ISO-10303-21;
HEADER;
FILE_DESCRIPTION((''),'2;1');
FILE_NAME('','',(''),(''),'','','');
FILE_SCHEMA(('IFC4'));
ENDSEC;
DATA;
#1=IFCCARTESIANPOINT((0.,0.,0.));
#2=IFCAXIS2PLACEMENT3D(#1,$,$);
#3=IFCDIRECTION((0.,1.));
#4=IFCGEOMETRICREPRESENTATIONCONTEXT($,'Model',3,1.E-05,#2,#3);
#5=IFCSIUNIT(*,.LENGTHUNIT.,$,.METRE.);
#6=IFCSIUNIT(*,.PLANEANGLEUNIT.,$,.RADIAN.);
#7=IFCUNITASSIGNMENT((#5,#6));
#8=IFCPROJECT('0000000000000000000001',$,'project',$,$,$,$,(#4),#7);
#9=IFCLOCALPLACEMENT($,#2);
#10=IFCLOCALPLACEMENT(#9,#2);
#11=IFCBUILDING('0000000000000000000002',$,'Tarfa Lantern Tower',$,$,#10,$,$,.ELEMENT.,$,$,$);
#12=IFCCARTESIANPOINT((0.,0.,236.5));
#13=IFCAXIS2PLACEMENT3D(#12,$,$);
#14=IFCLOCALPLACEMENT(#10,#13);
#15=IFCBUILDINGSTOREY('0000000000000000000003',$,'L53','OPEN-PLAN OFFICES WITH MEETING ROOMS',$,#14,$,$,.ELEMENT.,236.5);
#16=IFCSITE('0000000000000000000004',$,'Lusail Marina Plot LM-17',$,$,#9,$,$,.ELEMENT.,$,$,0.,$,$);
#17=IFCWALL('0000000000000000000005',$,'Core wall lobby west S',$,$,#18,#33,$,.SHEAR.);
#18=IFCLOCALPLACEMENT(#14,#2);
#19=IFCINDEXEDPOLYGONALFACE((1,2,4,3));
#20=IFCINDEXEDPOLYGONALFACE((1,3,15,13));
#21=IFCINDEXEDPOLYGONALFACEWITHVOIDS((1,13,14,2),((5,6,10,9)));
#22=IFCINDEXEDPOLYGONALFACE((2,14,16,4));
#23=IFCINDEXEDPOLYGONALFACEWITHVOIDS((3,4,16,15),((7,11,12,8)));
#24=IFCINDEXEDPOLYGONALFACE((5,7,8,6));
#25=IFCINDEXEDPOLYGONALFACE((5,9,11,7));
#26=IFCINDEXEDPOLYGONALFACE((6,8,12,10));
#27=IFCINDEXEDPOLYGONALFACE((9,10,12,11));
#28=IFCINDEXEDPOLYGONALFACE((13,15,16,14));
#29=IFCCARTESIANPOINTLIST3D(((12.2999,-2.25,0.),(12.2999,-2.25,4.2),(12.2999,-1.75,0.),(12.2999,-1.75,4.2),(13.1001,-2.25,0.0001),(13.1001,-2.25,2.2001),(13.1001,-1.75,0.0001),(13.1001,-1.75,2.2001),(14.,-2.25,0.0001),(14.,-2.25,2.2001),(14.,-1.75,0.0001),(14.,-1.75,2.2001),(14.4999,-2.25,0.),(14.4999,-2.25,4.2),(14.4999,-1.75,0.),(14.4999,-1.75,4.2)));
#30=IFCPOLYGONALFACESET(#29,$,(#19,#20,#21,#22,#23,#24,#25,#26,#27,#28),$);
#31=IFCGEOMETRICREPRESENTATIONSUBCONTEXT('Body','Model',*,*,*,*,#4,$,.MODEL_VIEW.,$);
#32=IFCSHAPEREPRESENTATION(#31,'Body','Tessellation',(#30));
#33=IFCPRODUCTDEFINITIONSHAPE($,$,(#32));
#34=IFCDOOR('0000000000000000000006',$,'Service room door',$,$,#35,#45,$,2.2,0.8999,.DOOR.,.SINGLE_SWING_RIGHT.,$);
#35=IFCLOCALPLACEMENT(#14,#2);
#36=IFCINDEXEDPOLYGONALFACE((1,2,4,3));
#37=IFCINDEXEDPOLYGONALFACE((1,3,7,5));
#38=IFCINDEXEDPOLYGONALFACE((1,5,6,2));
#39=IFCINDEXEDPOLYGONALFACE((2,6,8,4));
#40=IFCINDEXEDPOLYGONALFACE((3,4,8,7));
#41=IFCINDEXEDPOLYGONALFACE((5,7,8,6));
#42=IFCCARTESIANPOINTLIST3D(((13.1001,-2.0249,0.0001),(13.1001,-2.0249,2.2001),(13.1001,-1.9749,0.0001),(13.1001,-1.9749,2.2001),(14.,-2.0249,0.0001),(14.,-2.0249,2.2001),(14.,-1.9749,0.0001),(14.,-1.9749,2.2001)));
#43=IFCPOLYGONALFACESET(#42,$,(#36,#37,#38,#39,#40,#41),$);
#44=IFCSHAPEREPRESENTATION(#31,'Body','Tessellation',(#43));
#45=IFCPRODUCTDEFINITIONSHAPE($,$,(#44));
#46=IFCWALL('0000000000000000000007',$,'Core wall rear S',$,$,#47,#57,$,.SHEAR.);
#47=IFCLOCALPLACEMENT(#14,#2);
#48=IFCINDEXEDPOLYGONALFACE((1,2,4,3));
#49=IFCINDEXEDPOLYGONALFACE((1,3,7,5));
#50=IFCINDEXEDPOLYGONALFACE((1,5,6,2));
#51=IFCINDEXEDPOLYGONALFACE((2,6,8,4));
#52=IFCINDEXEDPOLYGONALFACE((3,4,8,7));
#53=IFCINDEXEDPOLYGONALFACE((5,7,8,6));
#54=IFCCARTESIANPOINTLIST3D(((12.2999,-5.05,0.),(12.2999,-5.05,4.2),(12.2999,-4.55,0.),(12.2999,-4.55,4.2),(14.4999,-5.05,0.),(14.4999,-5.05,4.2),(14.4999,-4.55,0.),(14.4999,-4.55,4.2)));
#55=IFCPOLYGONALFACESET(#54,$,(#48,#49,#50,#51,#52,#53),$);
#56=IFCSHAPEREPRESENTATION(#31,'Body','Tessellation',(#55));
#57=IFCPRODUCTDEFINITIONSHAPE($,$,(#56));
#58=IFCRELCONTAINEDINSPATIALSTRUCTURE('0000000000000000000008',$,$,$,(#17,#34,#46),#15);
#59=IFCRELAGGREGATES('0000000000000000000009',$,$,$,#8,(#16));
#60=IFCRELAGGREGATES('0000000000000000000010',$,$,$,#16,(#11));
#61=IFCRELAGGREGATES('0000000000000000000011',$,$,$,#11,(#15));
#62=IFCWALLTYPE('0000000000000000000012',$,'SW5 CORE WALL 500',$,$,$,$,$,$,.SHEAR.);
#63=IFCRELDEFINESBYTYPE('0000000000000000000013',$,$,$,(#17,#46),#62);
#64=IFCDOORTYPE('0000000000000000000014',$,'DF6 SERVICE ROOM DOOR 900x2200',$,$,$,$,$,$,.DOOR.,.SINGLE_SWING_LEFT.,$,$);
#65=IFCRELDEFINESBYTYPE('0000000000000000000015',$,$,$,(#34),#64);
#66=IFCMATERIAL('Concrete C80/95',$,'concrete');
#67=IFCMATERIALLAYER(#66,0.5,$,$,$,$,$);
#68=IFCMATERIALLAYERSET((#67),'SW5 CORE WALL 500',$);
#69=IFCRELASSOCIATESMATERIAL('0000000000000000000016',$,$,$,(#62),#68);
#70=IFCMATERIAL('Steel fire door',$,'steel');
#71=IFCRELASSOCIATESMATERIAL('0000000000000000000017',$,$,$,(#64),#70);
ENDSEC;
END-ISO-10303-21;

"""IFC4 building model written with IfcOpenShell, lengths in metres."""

from ifc_helpers import new_model, si_unit, direction, frame, frame_2d, origin, place, context, subcontext, project, spatial, rectangle, extrude, material, layer, layer_set, type_object, element, fill, save


model = new_model("IFC4")

# Units and contexts
model_context = context("Model", 3, precision=1e-05, world=origin(), true_north=direction((0.0, 1.0)))
body_context = subcontext(model_context, "Body", "Model", "MODEL_VIEW")
ifc_project = project(units=[si_unit("LENGTHUNIT", "METRE"), si_unit("PLANEANGLEUNIT", "RADIAN")], contexts=[model_context])

# Site, building, storey
site_placement = place(None, origin())
site = spatial("IfcSite", under=ifc_project, at=site_placement, Name="Lusail Marina Plot LM-17", CompositionType="ELEMENT", RefElevation=0.0)
building_placement = place(site_placement, origin())
building = spatial("IfcBuilding", under=site, at=building_placement, Name="Tarfa Lantern Tower", CompositionType="ELEMENT")
storey_placement = place(building_placement, frame((0.0, 0.0, 236.5)))
storey = spatial("IfcBuildingStorey", under=building, at=storey_placement, Name="L53", Description="OPEN-PLAN OFFICES WITH MEETING ROOMS", CompositionType="ELEMENT", Elevation=236.5)

# Shared definitions
ifc_material_1 = material(Name="Concrete C80/95", Category="concrete")

# Wall, opening, door
ifc_material_2 = material(Name="Steel fire door", Category="steel")
ifc_layer_1 = layer(ifc_material_1, 0.5)
ifc_layer_set_1 = layer_set([ifc_layer_1], Name="SW5 CORE WALL 500")
wall_type_1 = type_object("IfcWallType", Name="SW5 CORE WALL 500", PredefinedType="SHEAR", material=ifc_layer_set_1)
wall_1_placement = place(storey_placement, frame((14.5, -2.0, 0.0), z_axis=(0.0, 0.0, 1.0), x_axis=(-1.0, 0.0, 0.0)))
wall_1 = element("IfcWall", 1, at=wall_1_placement, inside=storey, type_object=wall_type_1, Name="Core wall lobby west S", PredefinedType="SHEAR", context=body_context, shape_type="SweptSolid", body=[
    extrude(rectangle(XDim=2.2, YDim=0.5, at=frame_2d((1.1001, 0.0))), origin(), (0.0, 0.0, 1.0), 4.2),
])
opening_1_placement = place(wall_1_placement, frame((0.5, 0.0, 0.0)))
opening_1 = element("IfcOpeningElement", 2, at=opening_1_placement, cuts=wall_1, PredefinedType="OPENING", context=body_context, shape_type="SweptSolid", body=[
    extrude(rectangle(XDim=0.8999, YDim=2.2, at=frame_2d((0.45, 1.1001))), frame((0.0, 0.26, 0.0), z_axis=(0.0, -1.0, 0.0), x_axis=(1.0, 0.0, 0.0)), (0.0, 0.0, 1.0), 0.52),
])
door_type_1 = type_object("IfcDoorType", Name="DF6 SERVICE ROOM DOOR 900x2200", OperationType="SINGLE_SWING_LEFT", PredefinedType="DOOR", material=ifc_material_2)
door_1_placement = place(opening_1_placement, origin())
door_1 = element("IfcDoor", 3, at=door_1_placement, inside=storey, type_object=door_type_1, Name="Service room door", OperationType="SINGLE_SWING_RIGHT", OverallHeight=2.2, OverallWidth=0.8999, PredefinedType="DOOR", context=body_context, shape_type="SweptSolid", body=[
    extrude(rectangle(XDim=0.8999, YDim=2.2, at=frame_2d((0.45, 1.1001))), frame((0.0, 0.0249, 0.0), z_axis=(0.0, -1.0, 0.0), x_axis=(1.0, 0.0, 0.0)), (0.0, 0.0, 1.0), 0.05),
])
fill(opening_1, door_1)

# Wall
wall_2_placement = place(storey_placement, frame((14.5, -4.8, 0.0), z_axis=(0.0, 0.0, 1.0), x_axis=(-1.0, 0.0, 0.0)))
element("IfcWall", 4, at=wall_2_placement, inside=storey, type_object=wall_type_1, Name="Core wall rear S", PredefinedType="SHEAR", context=body_context, shape_type="SweptSolid", body=[
    extrude(rectangle(XDim=2.2, YDim=0.5, at=frame_2d((1.1001, 0.0))), origin(), (0.0, 0.0, 1.0), 4.2),
])

save(model, "model.ifc")
